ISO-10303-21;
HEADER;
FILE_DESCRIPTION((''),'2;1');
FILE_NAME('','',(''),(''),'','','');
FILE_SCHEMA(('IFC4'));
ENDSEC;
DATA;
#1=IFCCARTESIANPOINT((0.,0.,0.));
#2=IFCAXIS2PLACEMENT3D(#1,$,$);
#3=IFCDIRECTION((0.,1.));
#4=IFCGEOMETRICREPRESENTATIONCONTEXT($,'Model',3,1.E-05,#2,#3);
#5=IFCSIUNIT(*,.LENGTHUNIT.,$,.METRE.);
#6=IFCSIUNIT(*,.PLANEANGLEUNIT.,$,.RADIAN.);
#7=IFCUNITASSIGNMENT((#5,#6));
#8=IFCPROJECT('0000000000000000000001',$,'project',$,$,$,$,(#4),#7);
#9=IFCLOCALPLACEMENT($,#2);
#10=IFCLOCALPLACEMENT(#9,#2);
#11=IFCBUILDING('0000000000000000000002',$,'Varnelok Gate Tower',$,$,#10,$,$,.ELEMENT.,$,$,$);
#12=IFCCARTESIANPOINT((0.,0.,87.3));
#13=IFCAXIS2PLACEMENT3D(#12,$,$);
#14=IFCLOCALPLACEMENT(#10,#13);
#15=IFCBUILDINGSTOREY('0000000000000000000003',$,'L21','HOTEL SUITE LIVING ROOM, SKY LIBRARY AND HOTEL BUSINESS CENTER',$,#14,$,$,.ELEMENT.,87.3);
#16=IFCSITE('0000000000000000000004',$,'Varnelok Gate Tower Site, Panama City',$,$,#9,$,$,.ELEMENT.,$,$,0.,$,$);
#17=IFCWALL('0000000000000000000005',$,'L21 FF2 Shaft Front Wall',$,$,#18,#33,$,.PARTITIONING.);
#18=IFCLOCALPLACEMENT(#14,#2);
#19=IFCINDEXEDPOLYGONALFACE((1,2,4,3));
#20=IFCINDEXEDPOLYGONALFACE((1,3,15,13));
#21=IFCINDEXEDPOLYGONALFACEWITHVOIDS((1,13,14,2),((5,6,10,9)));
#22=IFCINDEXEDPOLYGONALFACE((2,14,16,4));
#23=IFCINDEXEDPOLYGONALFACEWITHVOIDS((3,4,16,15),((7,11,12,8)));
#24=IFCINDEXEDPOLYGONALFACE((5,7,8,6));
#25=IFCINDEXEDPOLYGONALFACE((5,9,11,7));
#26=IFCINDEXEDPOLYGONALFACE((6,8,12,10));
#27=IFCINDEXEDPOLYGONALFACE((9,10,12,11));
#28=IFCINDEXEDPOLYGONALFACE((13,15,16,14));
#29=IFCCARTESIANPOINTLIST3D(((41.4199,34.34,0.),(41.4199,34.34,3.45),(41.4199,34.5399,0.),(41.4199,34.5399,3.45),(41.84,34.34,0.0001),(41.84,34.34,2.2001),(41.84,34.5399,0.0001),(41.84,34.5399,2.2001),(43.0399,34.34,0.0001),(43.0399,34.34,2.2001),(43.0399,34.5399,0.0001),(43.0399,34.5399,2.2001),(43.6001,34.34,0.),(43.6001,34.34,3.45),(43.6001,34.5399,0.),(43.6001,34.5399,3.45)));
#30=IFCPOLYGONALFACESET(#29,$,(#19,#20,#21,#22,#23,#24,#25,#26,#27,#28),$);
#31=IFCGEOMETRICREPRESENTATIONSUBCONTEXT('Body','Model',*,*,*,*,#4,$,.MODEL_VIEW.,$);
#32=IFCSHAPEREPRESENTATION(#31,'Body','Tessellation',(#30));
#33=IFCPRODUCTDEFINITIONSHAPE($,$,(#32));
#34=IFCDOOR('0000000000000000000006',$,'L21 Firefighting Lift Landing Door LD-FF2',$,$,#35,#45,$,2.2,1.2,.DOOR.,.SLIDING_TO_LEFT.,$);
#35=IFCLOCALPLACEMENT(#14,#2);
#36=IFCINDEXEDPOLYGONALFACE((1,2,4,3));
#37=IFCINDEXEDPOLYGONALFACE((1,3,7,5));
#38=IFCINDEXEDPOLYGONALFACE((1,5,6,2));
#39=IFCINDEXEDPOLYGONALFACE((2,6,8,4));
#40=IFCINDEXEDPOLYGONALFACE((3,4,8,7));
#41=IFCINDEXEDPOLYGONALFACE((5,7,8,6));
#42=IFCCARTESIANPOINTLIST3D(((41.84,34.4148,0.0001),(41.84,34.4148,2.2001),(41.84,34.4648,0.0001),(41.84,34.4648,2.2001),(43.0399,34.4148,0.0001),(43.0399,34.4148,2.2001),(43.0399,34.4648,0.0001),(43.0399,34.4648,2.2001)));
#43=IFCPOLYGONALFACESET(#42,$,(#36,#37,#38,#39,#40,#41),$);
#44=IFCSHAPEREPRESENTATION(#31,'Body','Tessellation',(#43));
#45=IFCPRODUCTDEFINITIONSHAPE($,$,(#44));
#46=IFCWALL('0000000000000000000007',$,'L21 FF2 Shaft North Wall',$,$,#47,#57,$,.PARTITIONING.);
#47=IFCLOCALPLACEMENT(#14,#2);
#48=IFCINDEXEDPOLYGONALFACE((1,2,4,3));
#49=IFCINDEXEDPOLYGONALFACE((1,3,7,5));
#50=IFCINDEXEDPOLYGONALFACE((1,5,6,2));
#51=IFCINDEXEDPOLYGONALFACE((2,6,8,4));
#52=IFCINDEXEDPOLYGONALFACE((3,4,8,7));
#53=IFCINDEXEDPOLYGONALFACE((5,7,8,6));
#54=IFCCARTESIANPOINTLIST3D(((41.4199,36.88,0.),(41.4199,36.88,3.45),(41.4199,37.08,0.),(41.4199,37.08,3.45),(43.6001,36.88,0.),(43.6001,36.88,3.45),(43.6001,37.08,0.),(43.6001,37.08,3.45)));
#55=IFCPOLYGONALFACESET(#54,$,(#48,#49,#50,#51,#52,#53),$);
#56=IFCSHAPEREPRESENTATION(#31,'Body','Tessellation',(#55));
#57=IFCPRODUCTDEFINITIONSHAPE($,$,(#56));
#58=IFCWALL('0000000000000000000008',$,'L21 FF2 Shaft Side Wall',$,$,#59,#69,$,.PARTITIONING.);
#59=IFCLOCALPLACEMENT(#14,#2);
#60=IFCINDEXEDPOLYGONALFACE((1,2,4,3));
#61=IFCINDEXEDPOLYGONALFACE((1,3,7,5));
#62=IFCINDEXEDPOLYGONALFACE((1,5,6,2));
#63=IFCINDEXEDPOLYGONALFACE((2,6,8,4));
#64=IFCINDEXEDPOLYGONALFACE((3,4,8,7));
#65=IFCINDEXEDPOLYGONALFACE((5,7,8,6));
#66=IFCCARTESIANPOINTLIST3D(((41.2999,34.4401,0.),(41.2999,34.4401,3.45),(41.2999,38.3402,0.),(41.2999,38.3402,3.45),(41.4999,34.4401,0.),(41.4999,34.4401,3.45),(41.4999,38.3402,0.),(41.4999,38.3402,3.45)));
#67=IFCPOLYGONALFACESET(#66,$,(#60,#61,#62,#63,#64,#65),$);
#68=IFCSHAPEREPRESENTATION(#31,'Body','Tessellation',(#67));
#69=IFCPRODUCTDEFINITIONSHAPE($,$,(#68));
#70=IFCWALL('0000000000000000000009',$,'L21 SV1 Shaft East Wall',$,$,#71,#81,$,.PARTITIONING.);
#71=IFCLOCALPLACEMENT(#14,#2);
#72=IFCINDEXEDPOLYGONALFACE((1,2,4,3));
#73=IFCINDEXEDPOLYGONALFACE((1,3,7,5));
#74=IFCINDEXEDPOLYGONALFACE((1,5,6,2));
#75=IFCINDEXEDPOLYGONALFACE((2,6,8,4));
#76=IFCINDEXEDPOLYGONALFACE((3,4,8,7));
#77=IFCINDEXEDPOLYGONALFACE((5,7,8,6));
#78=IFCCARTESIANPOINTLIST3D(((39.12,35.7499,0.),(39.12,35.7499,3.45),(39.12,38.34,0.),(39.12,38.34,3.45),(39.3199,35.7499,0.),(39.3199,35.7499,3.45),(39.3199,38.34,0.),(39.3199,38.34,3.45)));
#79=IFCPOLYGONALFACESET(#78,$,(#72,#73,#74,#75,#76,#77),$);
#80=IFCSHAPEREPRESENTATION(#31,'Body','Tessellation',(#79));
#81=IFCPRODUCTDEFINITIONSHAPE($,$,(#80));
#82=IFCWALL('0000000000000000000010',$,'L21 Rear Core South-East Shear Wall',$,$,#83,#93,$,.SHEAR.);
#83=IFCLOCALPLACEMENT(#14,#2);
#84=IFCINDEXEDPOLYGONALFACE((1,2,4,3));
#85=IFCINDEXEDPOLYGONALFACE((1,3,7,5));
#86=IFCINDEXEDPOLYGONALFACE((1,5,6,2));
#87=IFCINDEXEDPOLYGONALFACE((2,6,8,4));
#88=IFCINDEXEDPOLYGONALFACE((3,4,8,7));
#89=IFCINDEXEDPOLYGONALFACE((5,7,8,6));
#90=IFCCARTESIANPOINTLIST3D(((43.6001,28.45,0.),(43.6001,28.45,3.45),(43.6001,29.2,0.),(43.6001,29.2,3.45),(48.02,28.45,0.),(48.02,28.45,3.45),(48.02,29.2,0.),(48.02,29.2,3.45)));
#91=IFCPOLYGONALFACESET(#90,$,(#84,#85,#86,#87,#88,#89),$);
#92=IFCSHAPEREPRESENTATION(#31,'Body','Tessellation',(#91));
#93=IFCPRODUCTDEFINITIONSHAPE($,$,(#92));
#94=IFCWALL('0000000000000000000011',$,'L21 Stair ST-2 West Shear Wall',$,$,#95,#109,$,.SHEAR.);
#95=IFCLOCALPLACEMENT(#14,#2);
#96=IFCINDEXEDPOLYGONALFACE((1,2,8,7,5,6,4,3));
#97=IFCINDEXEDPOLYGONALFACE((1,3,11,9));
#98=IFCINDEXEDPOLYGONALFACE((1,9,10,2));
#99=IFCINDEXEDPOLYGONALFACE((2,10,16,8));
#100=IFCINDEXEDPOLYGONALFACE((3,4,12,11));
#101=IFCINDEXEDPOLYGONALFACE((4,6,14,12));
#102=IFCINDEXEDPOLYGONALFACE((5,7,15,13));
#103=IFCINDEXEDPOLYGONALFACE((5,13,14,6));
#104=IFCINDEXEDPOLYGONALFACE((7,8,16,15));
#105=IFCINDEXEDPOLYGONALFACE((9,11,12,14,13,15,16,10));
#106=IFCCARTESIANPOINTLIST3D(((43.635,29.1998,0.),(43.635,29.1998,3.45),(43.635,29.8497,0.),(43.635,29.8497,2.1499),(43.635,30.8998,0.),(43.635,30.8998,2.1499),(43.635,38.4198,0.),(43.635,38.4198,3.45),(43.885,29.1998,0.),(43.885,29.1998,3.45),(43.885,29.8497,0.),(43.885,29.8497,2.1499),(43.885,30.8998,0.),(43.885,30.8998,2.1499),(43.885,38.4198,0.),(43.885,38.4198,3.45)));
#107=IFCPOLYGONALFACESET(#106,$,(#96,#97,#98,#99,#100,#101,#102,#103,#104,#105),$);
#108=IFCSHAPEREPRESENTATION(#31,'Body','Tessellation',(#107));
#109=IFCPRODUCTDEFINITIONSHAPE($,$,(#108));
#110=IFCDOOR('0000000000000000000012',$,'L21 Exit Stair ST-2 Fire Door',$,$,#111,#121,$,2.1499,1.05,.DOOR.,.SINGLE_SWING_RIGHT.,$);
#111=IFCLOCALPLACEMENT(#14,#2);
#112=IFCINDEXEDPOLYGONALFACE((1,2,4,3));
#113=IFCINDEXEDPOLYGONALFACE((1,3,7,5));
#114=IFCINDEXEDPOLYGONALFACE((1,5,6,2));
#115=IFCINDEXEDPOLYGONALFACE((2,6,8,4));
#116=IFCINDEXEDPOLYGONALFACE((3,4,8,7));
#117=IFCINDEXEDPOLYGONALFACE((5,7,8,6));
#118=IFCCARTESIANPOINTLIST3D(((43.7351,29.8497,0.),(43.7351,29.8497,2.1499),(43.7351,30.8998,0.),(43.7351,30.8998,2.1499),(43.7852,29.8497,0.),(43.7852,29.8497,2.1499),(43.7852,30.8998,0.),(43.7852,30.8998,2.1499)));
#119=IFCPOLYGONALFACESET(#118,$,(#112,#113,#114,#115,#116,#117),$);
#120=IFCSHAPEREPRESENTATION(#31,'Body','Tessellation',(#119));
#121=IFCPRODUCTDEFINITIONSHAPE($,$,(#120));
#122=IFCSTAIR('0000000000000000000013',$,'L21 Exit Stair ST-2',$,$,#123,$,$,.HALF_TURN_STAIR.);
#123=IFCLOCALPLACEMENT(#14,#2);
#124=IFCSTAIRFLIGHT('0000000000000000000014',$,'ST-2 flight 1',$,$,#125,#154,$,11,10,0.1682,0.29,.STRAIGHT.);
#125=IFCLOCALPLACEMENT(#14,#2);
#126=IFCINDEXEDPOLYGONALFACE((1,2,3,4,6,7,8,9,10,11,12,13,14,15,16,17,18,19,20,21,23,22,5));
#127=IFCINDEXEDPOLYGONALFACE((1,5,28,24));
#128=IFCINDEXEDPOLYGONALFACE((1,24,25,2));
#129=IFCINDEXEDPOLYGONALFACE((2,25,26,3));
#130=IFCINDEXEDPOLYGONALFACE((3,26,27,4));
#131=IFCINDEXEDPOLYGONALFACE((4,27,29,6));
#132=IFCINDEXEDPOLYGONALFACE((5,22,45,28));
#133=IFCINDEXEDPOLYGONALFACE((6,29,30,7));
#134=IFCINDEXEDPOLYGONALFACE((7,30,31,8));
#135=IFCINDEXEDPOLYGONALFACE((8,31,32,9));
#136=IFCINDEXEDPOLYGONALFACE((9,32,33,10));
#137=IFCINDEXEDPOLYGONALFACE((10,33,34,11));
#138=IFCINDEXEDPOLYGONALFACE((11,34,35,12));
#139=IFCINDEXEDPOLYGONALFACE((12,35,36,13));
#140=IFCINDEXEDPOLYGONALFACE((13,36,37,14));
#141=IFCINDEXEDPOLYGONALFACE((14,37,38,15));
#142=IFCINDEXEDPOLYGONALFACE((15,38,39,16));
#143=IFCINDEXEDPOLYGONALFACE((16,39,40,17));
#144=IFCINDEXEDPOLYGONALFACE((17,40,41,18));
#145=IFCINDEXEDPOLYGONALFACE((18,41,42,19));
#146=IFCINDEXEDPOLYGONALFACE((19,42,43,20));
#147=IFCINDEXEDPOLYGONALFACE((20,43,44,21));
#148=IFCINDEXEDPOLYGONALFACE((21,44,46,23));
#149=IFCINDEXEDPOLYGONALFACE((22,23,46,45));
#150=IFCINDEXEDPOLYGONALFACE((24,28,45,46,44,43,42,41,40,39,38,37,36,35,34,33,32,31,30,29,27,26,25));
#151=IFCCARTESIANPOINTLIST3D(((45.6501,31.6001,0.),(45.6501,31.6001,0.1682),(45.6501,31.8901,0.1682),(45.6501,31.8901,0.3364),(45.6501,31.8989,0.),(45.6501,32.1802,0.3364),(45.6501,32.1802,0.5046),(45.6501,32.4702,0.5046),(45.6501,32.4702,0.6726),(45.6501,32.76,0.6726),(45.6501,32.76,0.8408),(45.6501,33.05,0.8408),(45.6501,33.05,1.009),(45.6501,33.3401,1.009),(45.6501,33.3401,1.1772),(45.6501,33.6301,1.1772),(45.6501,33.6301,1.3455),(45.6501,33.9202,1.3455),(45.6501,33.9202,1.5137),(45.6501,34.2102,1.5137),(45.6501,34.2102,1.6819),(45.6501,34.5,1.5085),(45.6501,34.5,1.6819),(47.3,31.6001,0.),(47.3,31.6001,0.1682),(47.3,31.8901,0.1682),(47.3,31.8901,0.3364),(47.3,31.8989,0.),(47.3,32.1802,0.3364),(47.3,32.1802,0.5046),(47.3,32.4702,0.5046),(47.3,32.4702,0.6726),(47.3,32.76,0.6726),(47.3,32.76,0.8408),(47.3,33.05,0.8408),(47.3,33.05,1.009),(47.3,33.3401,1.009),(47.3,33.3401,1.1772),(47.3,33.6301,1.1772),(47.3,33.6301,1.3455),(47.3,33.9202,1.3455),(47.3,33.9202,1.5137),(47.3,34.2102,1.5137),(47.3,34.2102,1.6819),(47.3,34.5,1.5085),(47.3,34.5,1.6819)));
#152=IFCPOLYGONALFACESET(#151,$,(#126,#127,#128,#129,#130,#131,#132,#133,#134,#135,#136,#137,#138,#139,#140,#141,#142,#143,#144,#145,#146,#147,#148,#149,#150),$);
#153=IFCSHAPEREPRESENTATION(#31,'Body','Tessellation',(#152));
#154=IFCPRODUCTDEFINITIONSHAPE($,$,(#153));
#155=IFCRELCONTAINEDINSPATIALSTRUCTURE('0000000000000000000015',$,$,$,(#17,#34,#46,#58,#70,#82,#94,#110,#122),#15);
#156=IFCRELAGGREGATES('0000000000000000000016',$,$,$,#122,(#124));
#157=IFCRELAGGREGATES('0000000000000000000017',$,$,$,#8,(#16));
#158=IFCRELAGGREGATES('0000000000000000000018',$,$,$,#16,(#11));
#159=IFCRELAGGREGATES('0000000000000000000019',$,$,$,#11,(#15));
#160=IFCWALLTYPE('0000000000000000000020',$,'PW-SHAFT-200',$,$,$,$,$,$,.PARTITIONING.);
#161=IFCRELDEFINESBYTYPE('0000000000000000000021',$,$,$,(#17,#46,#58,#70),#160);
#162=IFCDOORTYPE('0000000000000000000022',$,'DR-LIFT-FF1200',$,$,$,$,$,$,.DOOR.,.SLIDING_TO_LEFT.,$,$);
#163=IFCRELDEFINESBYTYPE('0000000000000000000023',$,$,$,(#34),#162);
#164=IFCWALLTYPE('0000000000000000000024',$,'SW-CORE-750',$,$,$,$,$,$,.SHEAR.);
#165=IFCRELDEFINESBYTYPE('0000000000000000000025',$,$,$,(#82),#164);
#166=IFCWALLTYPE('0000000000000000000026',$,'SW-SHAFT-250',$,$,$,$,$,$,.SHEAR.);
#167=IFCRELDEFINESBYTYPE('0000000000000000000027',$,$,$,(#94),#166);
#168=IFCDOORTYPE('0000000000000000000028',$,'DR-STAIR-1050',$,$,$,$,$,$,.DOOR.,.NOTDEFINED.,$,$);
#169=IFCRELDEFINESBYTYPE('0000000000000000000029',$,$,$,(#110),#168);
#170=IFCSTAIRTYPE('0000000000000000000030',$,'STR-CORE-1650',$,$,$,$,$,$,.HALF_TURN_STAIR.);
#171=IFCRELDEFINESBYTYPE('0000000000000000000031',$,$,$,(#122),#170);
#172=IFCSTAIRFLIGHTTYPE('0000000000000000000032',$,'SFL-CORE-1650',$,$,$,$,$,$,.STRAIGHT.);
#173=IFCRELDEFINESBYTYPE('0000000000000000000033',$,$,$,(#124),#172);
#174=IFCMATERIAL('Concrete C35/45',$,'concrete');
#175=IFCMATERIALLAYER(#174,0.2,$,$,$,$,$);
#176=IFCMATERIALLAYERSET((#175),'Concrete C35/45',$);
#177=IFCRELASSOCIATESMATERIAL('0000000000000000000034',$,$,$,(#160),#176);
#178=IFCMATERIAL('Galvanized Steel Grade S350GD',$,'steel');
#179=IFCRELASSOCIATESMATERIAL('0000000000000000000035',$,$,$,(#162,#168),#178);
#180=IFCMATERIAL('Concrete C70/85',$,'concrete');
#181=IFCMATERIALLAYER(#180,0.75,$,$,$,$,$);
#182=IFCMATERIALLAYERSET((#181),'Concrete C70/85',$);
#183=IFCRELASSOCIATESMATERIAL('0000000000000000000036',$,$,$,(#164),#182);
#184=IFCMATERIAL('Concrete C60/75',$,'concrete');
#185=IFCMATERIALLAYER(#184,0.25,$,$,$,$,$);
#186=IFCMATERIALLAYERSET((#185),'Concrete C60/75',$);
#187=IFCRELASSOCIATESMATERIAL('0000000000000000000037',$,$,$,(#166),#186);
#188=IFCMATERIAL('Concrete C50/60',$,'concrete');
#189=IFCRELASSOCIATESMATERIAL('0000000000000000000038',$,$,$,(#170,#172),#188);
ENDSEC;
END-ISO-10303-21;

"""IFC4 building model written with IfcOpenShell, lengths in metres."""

from ifc_helpers import new_model, si_unit, direction, frame, frame_2d, origin, place, context, subcontext, project, spatial, polyline, rectangle, outline, extrude, material, layer, layer_set, type_object, element, fill, aggregate, save


model = new_model("IFC4")

# Units and contexts
model_context = context("Model", 3, precision=1e-05, world=origin(), true_north=direction((0.0, 1.0)))
body_context = subcontext(model_context, "Body", "Model", "MODEL_VIEW")
ifc_project = project(units=[si_unit("LENGTHUNIT", "METRE"), si_unit("PLANEANGLEUNIT", "RADIAN")], contexts=[model_context])

# Site, building, storey
site_placement = place(None, origin())
site = spatial("IfcSite", under=ifc_project, at=site_placement, Name="Varnelok Gate Tower Site, Panama City", CompositionType="ELEMENT", RefElevation=0.0)
building_placement = place(site_placement, origin())
building = spatial("IfcBuilding", under=site, at=building_placement, Name="Varnelok Gate Tower", CompositionType="ELEMENT")
storey_placement = place(building_placement, frame((0.0, 0.0, 87.3)))
storey = spatial("IfcBuildingStorey", under=building, at=storey_placement, Name="L21", Description="HOTEL SUITE LIVING ROOM, SKY LIBRARY AND HOTEL BUSINESS CENTER", CompositionType="ELEMENT", Elevation=87.3)

# Shared definitions
ifc_material_1 = material(Name="Concrete C70/85", Category="concrete")

# Shared definitions
ifc_material_2 = material(Name="Galvanized Steel Grade S350GD", Category="steel")

# Shared definitions
ifc_material_3 = material(Name="Concrete C35/45", Category="concrete")
ifc_layer_1 = layer(ifc_material_3, 0.2)
ifc_layer_set_1 = layer_set([ifc_layer_1], Name="Concrete C35/45")
wall_type_1 = type_object("IfcWallType", Name="PW-SHAFT-200", PredefinedType="PARTITIONING", material=ifc_layer_set_1)

# Wall, opening, door
wall_1_placement = place(storey_placement, frame((41.4199, 34.4399, 0.0), z_axis=(0.0, 0.0, 1.0), x_axis=(1.0, 0.0, 0.0)))
wall_1 = element("IfcWall", 1, at=wall_1_placement, inside=storey, type_object=wall_type_1, Name="L21 FF2 Shaft Front Wall", PredefinedType="PARTITIONING", context=body_context, shape_type="SweptSolid", body=[
    extrude(rectangle(XDim=2.1802, YDim=0.2, at=frame_2d((1.0901, 0.0))), origin(), (0.0, 0.0, 1.0), 3.45),
])
opening_1_placement = place(wall_1_placement, frame((0.4199, 0.0, 0.0)))
opening_1 = element("IfcOpeningElement", 2, at=opening_1_placement, cuts=wall_1, PredefinedType="OPENING", context=body_context, shape_type="SweptSolid", body=[
    extrude(rectangle(XDim=1.2, YDim=2.2, at=frame_2d((0.6001, 1.1001))), frame((0.0, 0.1099, 0.0), z_axis=(0.0, -1.0, 0.0), x_axis=(1.0, 0.0, 0.0)), (0.0, 0.0, 1.0), 0.22),
])
door_type_1 = type_object("IfcDoorType", Name="DR-LIFT-FF1200", OperationType="SLIDING_TO_LEFT", PredefinedType="DOOR", material=ifc_material_2)
door_1_placement = place(opening_1_placement, origin())
door_1 = element("IfcDoor", 3, at=door_1_placement, inside=storey, type_object=door_type_1, Name="L21 Firefighting Lift Landing Door LD-FF2", OperationType="SLIDING_TO_LEFT", OverallHeight=2.2, OverallWidth=1.2, PredefinedType="DOOR", context=body_context, shape_type="SweptSolid", body=[
    extrude(rectangle(XDim=1.2, YDim=2.2, at=frame_2d((0.6001, 1.1001))), frame((0.0, 0.0249, 0.0), z_axis=(0.0, -1.0, 0.0), x_axis=(1.0, 0.0, 0.0)), (0.0, 0.0, 1.0), 0.05),
])
fill(opening_1, door_1)

# Walls
wall_2_placement = place(storey_placement, frame((41.4199, 36.98, 0.0), z_axis=(0.0, 0.0, 1.0), x_axis=(1.0, 0.0, 0.0)))
element("IfcWall", 4, at=wall_2_placement, inside=storey, type_object=wall_type_1, Name="L21 FF2 Shaft North Wall", PredefinedType="PARTITIONING", context=body_context, shape_type="SweptSolid", body=[
    extrude(rectangle(XDim=2.1802, YDim=0.2, at=frame_2d((1.0901, 0.0))), origin(), (0.0, 0.0, 1.0), 3.45),
])
wall_3_placement = place(storey_placement, frame((41.3999, 34.4399, 0.0), z_axis=(0.0, 0.0, 1.0), x_axis=(0.0, 1.0, 0.0)))
element("IfcWall", 5, at=wall_3_placement, inside=storey, type_object=wall_type_1, Name="L21 FF2 Shaft Side Wall", PredefinedType="PARTITIONING", context=body_context, shape_type="SweptSolid", body=[
    extrude(rectangle(XDim=3.9001, YDim=0.2, at=frame_2d((1.9502, 0.0))), origin(), (0.0, 0.0, 1.0), 3.45),
])
wall_4_placement = place(storey_placement, frame((39.22, 35.75, 0.0), z_axis=(0.0, 0.0, 1.0), x_axis=(0.0, 1.0, 0.0)))
element("IfcWall", 6, at=wall_4_placement, inside=storey, type_object=wall_type_1, Name="L21 SV1 Shaft East Wall", PredefinedType="PARTITIONING", context=body_context, shape_type="SweptSolid", body=[
    extrude(rectangle(XDim=2.5901, YDim=0.2, at=frame_2d((1.2949, 0.0))), origin(), (0.0, 0.0, 1.0), 3.45),
])
ifc_layer_2 = layer(ifc_material_1, 0.75)
ifc_layer_set_2 = layer_set([ifc_layer_2], Name="Concrete C70/85")
wall_type_2 = type_object("IfcWallType", Name="SW-CORE-750", PredefinedType="SHEAR", material=ifc_layer_set_2)
wall_5_placement = place(storey_placement, frame((43.6001, 28.825, 0.0), z_axis=(0.0, 0.0, 1.0), x_axis=(1.0, 0.0, 0.0)))
element("IfcWall", 7, at=wall_5_placement, inside=storey, type_object=wall_type_2, Name="L21 Rear Core South-East Shear Wall", PredefinedType="SHEAR", context=body_context, shape_type="SweptSolid", body=[
    extrude(rectangle(XDim=4.4199, YDim=0.75, at=frame_2d((2.21, 0.0))), origin(), (0.0, 0.0, 1.0), 3.45),
])

# Wall, opening, door
ifc_material_4 = material(Name="Concrete C60/75", Category="concrete")
ifc_layer_3 = layer(ifc_material_4, 0.25)
ifc_layer_set_3 = layer_set([ifc_layer_3], Name="Concrete C60/75")
wall_type_3 = type_object("IfcWallType", Name="SW-SHAFT-250", PredefinedType="SHEAR", material=ifc_layer_set_3)
wall_6_placement = place(storey_placement, frame((43.76, 29.2, 0.0), z_axis=(0.0, 0.0, 1.0), x_axis=(0.0, 1.0, 0.0)))
wall_6 = element("IfcWall", 8, at=wall_6_placement, inside=storey, type_object=wall_type_3, Name="L21 Stair ST-2 West Shear Wall", PredefinedType="SHEAR", context=body_context, shape_type="SweptSolid", body=[
    extrude(rectangle(XDim=9.22, YDim=0.25, at=frame_2d((4.6099, 0.0))), origin(), (0.0, 0.0, 1.0), 3.45),
])
opening_2_placement = place(wall_6_placement, frame((0.6499, 0.0, 0.0)))
opening_2 = element("IfcOpeningElement", 9, at=opening_2_placement, cuts=wall_6, PredefinedType="OPENING", context=body_context, shape_type="SweptSolid", body=[
    extrude(rectangle(XDim=1.05, YDim=2.1499, at=frame_2d((0.5249, 1.075))), frame((0.0, 0.135, 0.0), z_axis=(0.0, -1.0, 0.0), x_axis=(1.0, 0.0, 0.0)), (0.0, 0.0, 1.0), 0.27),
])
door_type_2 = type_object("IfcDoorType", Name="DR-STAIR-1050", OperationType="NOTDEFINED", PredefinedType="DOOR", material=ifc_material_2)
door_2_placement = place(opening_2_placement, origin())
door_2 = element("IfcDoor", 10, at=door_2_placement, inside=storey, type_object=door_type_2, Name="L21 Exit Stair ST-2 Fire Door", OperationType="SINGLE_SWING_RIGHT", OverallHeight=2.1499, OverallWidth=1.05, PredefinedType="DOOR", context=body_context, shape_type="SweptSolid", body=[
    extrude(rectangle(XDim=1.05, YDim=2.1499, at=frame_2d((0.5249, 1.075))), frame((0.0, 0.0249, 0.0), z_axis=(0.0, -1.0, 0.0), x_axis=(1.0, 0.0, 0.0)), (0.0, 0.0, 1.0), 0.05),
])
fill(opening_2, door_2)

# Stair, stair flight
ifc_material_5 = material(Name="Concrete C50/60", Category="concrete")
stair_type = type_object("IfcStairType", Name="STR-CORE-1650", PredefinedType="HALF_TURN_STAIR", material=ifc_material_5)
stair_placement = place(storey_placement, origin())
stair = element("IfcStair", 11, at=stair_placement, inside=storey, type_object=stair_type, Name="L21 Exit Stair ST-2", PredefinedType="HALF_TURN_STAIR")
stair_flight_type = type_object("IfcStairFlightType", Name="SFL-CORE-1650", PredefinedType="STRAIGHT", material=ifc_material_5)
stair_flight_1_placement = place(storey_placement, frame((46.4751, 31.6001, 0.0), z_axis=(0.0, 0.0, 1.0), x_axis=(0.0, 1.0, 0.0)))
stair_flight_1 = element("IfcStairFlight", 12, at=stair_flight_1_placement, type_object=stair_flight_type, Name="ST-2 flight 1", NumberOfRisers=11, NumberOfTreads=10, PredefinedType="STRAIGHT", RiserHeight=0.1682, TreadLength=0.29, context=body_context, shape_type="SweptSolid", body=[
    extrude(outline(polyline([(0.0, 0.0), (0.0, 0.1682), (0.29, 0.1682), (0.29, 0.3364), (0.5801, 0.3364), (0.5801, 0.5046), (0.8701, 0.5046), (0.8701, 0.6726), (1.1599, 0.6726), (1.1599, 0.8408), (1.45, 0.8408), (1.45, 1.009), (1.74, 1.009), (1.74, 1.1772), (2.03, 1.1772), (2.03, 1.3455), (2.3201, 1.3455), (2.3201, 1.5137), (2.6101, 1.5137), (2.6101, 1.6819), (2.8999, 1.6819), (2.8999, 1.8501), (2.8999, 1.5085), (0.2988, 0.0), (0.0, 0.0)])), frame((0.0, 0.825, 0.0), z_axis=(0.0, -1.0, 0.0), x_axis=(1.0, 0.0, 0.0)), (0.0, 0.0, 1.0), 1.6499),
])
aggregate(stair, [stair_flight_1])

save(model, "model.ifc")
